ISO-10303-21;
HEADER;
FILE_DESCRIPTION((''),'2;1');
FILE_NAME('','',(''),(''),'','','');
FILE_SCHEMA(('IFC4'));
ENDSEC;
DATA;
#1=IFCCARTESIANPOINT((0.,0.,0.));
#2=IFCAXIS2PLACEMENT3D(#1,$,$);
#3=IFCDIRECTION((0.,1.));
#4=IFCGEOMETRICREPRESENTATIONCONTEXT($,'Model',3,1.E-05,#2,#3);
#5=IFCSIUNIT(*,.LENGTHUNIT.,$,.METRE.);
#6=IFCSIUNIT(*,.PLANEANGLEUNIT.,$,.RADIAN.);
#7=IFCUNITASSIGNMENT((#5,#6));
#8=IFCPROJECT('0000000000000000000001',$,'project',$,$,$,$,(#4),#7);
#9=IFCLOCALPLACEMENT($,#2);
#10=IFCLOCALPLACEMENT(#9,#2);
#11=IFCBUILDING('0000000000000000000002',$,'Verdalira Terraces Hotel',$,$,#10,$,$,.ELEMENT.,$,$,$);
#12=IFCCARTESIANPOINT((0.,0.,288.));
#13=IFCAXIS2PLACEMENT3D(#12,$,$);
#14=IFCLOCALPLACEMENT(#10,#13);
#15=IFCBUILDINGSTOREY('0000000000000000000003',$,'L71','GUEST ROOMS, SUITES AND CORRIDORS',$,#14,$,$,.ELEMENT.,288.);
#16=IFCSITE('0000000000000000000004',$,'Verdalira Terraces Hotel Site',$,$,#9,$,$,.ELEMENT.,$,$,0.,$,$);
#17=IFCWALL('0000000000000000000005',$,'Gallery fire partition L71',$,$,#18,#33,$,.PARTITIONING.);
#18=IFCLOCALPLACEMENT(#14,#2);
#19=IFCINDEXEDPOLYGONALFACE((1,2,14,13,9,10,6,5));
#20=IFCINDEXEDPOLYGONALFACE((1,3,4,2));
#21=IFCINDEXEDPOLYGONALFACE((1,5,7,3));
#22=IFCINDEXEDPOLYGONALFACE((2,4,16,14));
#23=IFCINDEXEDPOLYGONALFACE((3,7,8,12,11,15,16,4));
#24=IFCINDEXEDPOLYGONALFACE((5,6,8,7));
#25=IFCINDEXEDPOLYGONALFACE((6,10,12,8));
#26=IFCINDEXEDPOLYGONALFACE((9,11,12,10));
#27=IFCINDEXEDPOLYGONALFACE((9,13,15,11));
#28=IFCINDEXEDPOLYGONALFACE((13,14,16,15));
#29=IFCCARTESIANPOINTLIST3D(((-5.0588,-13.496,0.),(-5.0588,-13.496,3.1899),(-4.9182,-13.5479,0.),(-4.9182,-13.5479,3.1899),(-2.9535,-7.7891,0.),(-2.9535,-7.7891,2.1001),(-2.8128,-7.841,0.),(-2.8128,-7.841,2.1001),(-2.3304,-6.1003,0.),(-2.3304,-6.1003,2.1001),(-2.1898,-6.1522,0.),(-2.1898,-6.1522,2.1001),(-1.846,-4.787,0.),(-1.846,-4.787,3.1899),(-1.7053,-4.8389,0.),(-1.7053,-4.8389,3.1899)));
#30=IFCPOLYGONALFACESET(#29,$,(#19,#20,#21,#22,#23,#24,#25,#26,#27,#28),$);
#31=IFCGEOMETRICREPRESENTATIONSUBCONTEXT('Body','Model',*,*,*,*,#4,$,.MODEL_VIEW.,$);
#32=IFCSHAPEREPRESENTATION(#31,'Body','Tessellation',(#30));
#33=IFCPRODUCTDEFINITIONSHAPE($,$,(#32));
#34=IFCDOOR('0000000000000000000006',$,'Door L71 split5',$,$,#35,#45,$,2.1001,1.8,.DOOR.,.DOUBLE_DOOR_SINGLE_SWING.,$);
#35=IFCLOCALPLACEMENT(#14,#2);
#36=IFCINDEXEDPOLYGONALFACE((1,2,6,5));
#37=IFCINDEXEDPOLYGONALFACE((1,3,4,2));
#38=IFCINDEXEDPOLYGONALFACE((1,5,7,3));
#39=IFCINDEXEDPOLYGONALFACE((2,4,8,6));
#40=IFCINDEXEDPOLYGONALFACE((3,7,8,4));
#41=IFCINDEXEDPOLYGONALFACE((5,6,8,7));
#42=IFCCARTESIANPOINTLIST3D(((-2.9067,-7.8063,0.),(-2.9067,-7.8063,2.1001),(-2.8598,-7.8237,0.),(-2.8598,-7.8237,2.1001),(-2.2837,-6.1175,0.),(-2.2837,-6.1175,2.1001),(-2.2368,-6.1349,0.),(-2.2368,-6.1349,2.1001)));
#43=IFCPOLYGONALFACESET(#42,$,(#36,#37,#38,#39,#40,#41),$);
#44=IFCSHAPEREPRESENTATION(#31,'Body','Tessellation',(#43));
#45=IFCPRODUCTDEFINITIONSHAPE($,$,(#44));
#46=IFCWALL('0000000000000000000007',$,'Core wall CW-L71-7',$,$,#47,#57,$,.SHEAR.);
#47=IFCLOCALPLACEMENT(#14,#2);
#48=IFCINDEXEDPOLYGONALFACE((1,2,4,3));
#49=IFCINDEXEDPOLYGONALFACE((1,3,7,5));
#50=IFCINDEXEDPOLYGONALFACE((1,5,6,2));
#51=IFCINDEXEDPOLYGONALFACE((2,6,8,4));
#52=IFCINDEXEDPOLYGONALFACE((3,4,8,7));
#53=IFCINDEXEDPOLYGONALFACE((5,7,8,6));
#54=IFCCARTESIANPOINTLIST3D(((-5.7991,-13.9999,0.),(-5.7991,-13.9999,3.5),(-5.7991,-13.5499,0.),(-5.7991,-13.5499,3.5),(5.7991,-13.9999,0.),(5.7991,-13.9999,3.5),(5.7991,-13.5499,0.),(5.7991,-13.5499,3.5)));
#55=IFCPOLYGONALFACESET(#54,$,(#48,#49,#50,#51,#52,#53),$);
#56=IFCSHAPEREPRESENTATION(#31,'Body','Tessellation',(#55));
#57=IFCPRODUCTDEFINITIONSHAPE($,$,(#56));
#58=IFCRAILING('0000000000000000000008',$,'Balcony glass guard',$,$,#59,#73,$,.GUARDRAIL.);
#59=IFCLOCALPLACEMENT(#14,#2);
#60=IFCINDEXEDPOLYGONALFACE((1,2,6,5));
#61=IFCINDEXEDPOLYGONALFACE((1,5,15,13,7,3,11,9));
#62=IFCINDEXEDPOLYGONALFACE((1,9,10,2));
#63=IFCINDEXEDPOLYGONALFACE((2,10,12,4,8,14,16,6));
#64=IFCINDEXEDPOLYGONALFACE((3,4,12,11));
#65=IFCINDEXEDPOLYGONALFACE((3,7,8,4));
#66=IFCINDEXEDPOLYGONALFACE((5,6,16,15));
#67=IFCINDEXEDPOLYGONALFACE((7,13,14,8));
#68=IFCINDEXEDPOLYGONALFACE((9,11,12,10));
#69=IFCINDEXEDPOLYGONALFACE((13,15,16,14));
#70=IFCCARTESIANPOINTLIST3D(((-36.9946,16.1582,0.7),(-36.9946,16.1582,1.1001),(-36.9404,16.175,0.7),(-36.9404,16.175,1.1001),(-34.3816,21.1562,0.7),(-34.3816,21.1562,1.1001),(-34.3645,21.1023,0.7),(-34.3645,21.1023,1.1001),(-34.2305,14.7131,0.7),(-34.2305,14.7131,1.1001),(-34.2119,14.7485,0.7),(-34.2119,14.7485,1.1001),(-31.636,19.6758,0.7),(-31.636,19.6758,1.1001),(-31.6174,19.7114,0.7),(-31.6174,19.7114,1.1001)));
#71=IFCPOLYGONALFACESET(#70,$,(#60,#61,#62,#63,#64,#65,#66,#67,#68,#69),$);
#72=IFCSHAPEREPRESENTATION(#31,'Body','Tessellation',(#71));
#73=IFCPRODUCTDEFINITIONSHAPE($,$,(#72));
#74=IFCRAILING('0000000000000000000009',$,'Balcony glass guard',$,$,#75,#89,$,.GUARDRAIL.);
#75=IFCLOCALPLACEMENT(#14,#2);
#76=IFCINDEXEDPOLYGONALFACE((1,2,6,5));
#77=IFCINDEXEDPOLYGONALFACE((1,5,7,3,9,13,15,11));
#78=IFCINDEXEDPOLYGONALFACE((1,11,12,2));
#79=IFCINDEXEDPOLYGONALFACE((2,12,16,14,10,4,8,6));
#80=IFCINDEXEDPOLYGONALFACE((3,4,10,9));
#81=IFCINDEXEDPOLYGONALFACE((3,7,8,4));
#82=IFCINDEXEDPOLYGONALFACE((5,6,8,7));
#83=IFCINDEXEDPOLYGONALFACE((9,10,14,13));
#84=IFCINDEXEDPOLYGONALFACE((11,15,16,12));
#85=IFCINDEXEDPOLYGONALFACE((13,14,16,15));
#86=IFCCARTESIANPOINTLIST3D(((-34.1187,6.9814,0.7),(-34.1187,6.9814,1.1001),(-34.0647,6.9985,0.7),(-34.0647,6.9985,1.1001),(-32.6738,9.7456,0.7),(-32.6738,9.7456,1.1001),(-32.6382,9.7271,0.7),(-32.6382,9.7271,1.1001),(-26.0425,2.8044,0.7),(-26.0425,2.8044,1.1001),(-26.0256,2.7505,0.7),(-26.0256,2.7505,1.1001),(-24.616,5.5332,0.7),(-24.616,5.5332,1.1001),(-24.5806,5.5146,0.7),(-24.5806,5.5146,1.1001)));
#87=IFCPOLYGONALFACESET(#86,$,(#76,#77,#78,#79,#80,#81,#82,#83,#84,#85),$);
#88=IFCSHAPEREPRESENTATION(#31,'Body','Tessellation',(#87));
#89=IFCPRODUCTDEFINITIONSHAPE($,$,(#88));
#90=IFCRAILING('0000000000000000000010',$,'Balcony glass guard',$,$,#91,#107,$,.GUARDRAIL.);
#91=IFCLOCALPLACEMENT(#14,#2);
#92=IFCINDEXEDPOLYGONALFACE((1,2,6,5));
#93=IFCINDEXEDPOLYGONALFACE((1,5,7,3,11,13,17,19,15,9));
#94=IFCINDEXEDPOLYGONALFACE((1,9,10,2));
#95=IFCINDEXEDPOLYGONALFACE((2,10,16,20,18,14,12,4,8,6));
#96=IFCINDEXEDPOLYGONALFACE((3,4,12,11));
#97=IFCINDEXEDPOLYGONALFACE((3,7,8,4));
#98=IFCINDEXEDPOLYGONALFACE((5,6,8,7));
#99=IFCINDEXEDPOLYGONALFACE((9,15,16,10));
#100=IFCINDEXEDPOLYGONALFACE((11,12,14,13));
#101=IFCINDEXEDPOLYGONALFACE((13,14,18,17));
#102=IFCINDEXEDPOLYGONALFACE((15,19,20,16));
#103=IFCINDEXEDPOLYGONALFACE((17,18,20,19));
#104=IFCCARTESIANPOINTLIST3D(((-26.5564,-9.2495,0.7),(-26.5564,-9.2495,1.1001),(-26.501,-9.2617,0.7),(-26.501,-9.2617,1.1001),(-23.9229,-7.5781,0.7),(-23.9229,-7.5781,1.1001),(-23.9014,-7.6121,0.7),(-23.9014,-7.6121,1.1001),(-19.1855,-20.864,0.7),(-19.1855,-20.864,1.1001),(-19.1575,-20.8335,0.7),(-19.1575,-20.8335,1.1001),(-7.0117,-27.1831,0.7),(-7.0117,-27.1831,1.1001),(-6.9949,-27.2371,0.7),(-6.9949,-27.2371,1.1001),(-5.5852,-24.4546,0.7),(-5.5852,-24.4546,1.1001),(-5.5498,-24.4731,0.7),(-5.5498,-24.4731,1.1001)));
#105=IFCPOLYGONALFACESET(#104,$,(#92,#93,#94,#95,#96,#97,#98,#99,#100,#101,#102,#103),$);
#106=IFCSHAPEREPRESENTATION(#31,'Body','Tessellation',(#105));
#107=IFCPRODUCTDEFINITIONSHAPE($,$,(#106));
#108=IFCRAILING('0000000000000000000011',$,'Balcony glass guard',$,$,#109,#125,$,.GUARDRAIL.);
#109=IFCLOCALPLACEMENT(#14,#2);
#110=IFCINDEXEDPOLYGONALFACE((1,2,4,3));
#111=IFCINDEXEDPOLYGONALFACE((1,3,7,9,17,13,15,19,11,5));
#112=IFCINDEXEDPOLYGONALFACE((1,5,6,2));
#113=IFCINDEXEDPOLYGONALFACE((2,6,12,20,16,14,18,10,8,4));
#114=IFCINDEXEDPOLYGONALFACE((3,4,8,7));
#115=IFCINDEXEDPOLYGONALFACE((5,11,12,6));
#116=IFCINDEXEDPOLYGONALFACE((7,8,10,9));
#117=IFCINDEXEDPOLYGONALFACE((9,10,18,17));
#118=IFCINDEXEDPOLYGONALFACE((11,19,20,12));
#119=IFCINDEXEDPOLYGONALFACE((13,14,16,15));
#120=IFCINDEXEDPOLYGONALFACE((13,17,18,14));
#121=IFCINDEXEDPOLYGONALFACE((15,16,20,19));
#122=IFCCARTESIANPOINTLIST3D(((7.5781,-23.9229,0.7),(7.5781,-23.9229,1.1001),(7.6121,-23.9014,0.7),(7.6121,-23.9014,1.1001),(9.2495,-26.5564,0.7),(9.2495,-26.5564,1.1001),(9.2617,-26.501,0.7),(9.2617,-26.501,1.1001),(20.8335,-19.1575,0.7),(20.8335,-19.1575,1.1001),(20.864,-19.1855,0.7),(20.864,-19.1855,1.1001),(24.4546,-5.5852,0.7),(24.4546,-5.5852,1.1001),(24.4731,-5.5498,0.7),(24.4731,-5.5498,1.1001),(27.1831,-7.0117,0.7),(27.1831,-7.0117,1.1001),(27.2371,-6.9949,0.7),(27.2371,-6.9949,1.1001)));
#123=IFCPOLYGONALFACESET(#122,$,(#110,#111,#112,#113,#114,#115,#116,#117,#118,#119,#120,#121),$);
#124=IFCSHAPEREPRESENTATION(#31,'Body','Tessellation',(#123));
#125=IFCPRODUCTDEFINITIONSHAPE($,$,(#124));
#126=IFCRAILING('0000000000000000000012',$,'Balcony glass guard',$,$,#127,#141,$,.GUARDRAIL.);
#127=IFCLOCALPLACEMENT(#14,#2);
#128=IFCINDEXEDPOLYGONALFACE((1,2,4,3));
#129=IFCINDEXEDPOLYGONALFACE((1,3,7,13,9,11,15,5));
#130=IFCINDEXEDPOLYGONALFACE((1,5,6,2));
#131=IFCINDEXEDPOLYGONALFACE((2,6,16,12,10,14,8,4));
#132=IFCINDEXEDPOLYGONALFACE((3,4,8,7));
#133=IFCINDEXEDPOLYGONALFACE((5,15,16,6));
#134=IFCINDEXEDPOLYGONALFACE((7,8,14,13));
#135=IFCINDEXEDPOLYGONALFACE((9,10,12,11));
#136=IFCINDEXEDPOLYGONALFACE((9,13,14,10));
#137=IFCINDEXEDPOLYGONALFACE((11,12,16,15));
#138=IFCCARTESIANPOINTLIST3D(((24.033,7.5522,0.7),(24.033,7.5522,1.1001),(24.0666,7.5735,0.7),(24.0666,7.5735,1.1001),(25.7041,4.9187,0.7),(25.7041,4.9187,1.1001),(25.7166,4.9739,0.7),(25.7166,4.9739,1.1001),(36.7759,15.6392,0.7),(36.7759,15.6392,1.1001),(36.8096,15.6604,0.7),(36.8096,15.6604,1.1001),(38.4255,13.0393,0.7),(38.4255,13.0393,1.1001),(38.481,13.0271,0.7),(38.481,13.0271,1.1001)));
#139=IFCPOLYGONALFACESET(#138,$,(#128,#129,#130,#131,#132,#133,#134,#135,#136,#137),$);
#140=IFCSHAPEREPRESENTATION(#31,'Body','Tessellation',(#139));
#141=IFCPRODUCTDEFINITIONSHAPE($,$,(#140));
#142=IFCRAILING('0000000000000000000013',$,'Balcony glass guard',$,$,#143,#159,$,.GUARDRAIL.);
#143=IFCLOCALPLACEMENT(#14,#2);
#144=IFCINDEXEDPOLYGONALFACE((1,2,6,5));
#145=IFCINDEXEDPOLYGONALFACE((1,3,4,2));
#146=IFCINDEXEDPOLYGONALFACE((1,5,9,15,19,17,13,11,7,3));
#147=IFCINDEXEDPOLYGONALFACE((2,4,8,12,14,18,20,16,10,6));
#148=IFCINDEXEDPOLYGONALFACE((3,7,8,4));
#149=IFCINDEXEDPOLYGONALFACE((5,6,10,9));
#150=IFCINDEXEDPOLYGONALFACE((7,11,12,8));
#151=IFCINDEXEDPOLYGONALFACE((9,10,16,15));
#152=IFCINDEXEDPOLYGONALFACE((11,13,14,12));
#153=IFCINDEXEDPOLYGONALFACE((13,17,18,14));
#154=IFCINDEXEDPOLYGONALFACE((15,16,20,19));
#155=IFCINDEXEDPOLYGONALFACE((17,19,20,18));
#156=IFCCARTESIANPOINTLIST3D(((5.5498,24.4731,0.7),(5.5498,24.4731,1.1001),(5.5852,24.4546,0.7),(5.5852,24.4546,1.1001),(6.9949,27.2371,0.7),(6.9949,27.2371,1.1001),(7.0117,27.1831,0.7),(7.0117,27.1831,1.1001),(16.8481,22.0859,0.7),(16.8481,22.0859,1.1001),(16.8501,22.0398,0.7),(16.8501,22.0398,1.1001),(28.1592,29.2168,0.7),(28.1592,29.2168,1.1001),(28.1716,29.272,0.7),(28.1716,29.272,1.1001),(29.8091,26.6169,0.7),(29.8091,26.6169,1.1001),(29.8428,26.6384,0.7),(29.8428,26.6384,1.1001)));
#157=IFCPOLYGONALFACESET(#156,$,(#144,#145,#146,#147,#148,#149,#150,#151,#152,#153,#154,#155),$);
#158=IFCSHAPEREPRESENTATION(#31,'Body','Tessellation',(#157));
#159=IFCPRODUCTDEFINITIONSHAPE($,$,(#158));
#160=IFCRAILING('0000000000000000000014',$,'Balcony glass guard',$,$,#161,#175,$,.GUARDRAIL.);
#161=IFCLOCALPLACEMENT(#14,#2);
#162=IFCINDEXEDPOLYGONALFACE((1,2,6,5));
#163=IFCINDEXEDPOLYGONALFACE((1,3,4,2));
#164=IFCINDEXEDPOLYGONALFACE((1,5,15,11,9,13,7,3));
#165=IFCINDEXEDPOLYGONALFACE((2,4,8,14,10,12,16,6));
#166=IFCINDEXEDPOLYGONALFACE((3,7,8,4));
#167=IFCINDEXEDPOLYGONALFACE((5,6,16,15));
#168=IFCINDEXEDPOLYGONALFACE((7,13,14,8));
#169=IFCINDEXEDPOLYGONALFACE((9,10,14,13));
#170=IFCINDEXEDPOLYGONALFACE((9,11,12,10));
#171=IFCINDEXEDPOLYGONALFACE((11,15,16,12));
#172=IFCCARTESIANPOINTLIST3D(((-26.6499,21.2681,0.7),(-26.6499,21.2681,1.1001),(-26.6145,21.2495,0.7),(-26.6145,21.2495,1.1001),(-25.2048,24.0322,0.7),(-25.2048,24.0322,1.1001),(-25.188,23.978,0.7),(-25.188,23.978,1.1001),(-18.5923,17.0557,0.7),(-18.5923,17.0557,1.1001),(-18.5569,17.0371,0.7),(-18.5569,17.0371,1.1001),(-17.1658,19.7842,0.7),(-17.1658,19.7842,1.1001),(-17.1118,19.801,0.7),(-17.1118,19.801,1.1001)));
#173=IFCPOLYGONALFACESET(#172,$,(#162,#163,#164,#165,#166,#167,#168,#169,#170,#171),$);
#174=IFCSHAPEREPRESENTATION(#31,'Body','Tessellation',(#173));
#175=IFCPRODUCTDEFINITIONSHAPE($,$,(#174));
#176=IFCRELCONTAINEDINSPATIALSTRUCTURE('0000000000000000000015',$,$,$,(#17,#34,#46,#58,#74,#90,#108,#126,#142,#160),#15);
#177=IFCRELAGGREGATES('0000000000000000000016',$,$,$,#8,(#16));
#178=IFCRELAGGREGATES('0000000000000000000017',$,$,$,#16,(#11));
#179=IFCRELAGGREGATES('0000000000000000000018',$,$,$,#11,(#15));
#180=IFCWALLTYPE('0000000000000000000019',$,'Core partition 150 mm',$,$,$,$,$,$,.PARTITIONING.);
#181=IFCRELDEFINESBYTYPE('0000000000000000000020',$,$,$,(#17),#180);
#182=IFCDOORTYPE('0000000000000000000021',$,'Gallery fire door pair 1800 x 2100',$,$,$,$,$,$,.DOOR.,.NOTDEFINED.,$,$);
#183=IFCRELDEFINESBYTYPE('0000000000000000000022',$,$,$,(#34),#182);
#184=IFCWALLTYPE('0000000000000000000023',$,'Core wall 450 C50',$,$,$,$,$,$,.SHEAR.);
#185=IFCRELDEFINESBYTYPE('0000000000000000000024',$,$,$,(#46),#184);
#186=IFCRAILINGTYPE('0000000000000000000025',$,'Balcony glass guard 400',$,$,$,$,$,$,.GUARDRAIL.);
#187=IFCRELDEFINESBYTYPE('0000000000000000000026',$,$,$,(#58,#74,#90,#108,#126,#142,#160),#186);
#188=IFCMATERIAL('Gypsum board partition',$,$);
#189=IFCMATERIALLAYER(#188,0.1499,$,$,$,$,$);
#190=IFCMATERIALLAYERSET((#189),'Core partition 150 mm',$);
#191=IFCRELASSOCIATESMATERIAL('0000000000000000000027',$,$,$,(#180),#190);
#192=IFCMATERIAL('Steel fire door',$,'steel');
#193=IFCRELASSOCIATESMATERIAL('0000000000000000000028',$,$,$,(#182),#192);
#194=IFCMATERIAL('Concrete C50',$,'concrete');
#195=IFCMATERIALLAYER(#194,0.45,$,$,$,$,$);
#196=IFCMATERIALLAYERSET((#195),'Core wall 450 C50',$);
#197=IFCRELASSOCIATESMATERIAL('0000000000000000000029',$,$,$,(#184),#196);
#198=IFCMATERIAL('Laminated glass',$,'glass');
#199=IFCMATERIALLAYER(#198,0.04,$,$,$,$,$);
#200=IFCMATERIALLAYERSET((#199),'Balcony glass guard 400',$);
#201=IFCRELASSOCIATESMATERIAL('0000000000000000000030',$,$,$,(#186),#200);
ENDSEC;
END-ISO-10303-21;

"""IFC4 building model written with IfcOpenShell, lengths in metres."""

from ifc_helpers import new_model, si_unit, direction, frame, frame_2d, origin, place, context, subcontext, project, spatial, polyline, rectangle, outline, extrude, material, layer, layer_set, type_object, element, fill, save


model = new_model("IFC4")

# Units and contexts
model_context = context("Model", 3, precision=1e-05, world=origin(), true_north=direction((0.0, 1.0)))
body_context = subcontext(model_context, "Body", "Model", "MODEL_VIEW")
ifc_project = project(units=[si_unit("LENGTHUNIT", "METRE"), si_unit("PLANEANGLEUNIT", "RADIAN")], contexts=[model_context])

# Site, building, storey
site_placement = place(None, origin())
site = spatial("IfcSite", under=ifc_project, at=site_placement, Name="Verdalira Terraces Hotel Site", CompositionType="ELEMENT", RefElevation=0.0)
building_placement = place(site_placement, origin())
building = spatial("IfcBuilding", under=site, at=building_placement, Name="Verdalira Terraces Hotel", CompositionType="ELEMENT")
storey_placement = place(building_placement, frame((0.0, 0.0, 288.0)))
storey = spatial("IfcBuildingStorey", under=building, at=storey_placement, Name="L71", Description="GUEST ROOMS, SUITES AND CORRIDORS", CompositionType="ELEMENT", Elevation=288.0)

# Wall, opening, door
ifc_material_1 = material(Name="Gypsum board partition")
ifc_layer_1 = layer(ifc_material_1, 0.1499)
ifc_layer_set_1 = layer_set([ifc_layer_1], Name="Core partition 150 mm")
wall_type_1 = type_object("IfcWallType", Name="Core partition 150 mm", PredefinedType="PARTITIONING", material=ifc_layer_set_1)
wall_1_placement = place(storey_placement, frame((-1.7756, -4.813, 0.0), z_axis=(0.0, 0.0, 1.0), x_axis=(-0.346115, -0.938192, 0.0)))
wall_1 = element("IfcWall", 1, at=wall_1_placement, inside=storey, type_object=wall_type_1, Name="Gallery fire partition L71", PredefinedType="PARTITIONING", context=body_context, shape_type="SweptSolid", body=[
    extrude(rectangle(XDim=9.2827, YDim=0.1499, at=frame_2d((4.6414, 0.0))), origin(), (0.0, 0.0, 1.0), 3.1899),
])
opening_1_placement = place(wall_1_placement, frame((1.3999, 0.0, 0.0)))
opening_1 = element("IfcOpeningElement", 2, at=opening_1_placement, cuts=wall_1, PredefinedType="OPENING", context=body_context, shape_type="SweptSolid", body=[
    extrude(rectangle(XDim=1.8, YDim=2.1001, at=frame_2d((0.8999, 1.05))), frame((0.0, 0.085, 0.0), z_axis=(0.0, -1.0, 0.0), x_axis=(1.0, 0.0, 0.0)), (0.0, 0.0, 1.0), 0.1699),
])
ifc_material_2 = material(Name="Steel fire door", Category="steel")
door_type_1 = type_object("IfcDoorType", Name="Gallery fire door pair 1800 x 2100", OperationType="NOTDEFINED", PredefinedType="DOOR", material=ifc_material_2)
door_1_placement = place(opening_1_placement, origin())
door_1 = element("IfcDoor", 3, at=door_1_placement, inside=storey, type_object=door_type_1, Name="Door L71 split5", OperationType="DOUBLE_DOOR_SINGLE_SWING", OverallHeight=2.1001, OverallWidth=1.8, PredefinedType="DOOR", context=body_context, shape_type="SweptSolid", body=[
    extrude(rectangle(XDim=1.8, YDim=2.1001, at=frame_2d((0.8999, 1.05))), frame((0.0, 0.0249, 0.0), z_axis=(0.0, -1.0, 0.0), x_axis=(1.0, 0.0, 0.0)), (0.0, 0.0, 1.0), 0.05),
])
fill(opening_1, door_1)

# Wall
ifc_material_3 = material(Name="Concrete C50", Category="concrete")
ifc_layer_2 = layer(ifc_material_3, 0.45)
ifc_layer_set_2 = layer_set([ifc_layer_2], Name="Core wall 450 C50")
wall_type_2 = type_object("IfcWallType", Name="Core wall 450 C50", PredefinedType="SHEAR", material=ifc_layer_set_2)
wall_2_placement = place(storey_placement, frame((-5.7991, -13.7749, 0.0), z_axis=(0.0, 0.0, 1.0), x_axis=(1.0, 0.0, 0.0)))
element("IfcWall", 4, at=wall_2_placement, inside=storey, type_object=wall_type_2, Name="Core wall CW-L71-7", PredefinedType="SHEAR", context=body_context, shape_type="SweptSolid", body=[
    extrude(rectangle(XDim=11.5981, YDim=0.45, at=frame_2d((5.7991, 0.0))), origin(), (0.0, 0.0, 1.0), 3.5),
])

# Railings
ifc_material_4 = material(Name="Laminated glass", Category="glass")
ifc_layer_3 = layer(ifc_material_4, 0.04)
ifc_layer_set_3 = layer_set([ifc_layer_3], Name="Balcony glass guard 400")
railing_type_1 = type_object("IfcRailingType", Name="Balcony glass guard 400", PredefinedType="GUARDRAIL", material=ifc_layer_set_3)
railing_1_placement = place(storey_placement, frame((0.0, 0.0, 0.7)))
element("IfcRailing", 5, at=railing_1_placement, inside=storey, type_object=railing_type_1, Name="Balcony glass guard", PredefinedType="GUARDRAIL", context=body_context, shape_type="SweptSolid", body=[
    extrude(outline(polyline([(-34.3645, 21.1023), (-36.9404, 16.175), (-34.2119, 14.7485), (-34.2305, 14.7131), (-36.9946, 16.1582), (-34.3816, 21.1562), (-31.6174, 19.7114), (-31.636, 19.6758), (-34.3645, 21.1023)])), origin(), (0.0, 0.0, 1.0), 0.4001),
])
railing_2_placement = place(storey_placement, frame((0.0, 0.0, 0.7)))
element("IfcRailing", 6, at=railing_2_placement, inside=storey, type_object=railing_type_1, Name="Balcony glass guard", PredefinedType="GUARDRAIL", context=body_context, shape_type="SweptSolid", body=[
    extrude(outline(polyline([(-34.0647, 6.9985), (-26.0425, 2.8044), (-24.616, 5.5332), (-24.5806, 5.5146), (-26.0256, 2.7505), (-34.1187, 6.9814), (-32.6738, 9.7456), (-32.6382, 9.7271), (-34.0647, 6.9985)])), origin(), (0.0, 0.0, 1.0), 0.4001),
])
railing_3_placement = place(storey_placement, frame((0.0, 0.0, 0.7)))
element("IfcRailing", 7, at=railing_3_placement, inside=storey, type_object=railing_type_1, Name="Balcony glass guard", PredefinedType="GUARDRAIL", context=body_context, shape_type="SweptSolid", body=[
    extrude(outline(polyline([(-26.501, -9.2617), (-19.1575, -20.8335), (-7.0117, -27.1831), (-5.5852, -24.4546), (-5.5498, -24.4731), (-6.9949, -27.2371), (-19.1855, -20.864), (-26.5564, -9.2495), (-23.9229, -7.5781), (-23.9014, -7.6121), (-26.501, -9.2617)])), origin(), (0.0, 0.0, 1.0), 0.4001),
])
railing_4_placement = place(storey_placement, frame((0.0, 0.0, 0.7)))
element("IfcRailing", 8, at=railing_4_placement, inside=storey, type_object=railing_type_1, Name="Balcony glass guard", PredefinedType="GUARDRAIL", context=body_context, shape_type="SweptSolid", body=[
    extrude(outline(polyline([(9.2617, -26.501), (20.8335, -19.1575), (27.1831, -7.0117), (24.4546, -5.5852), (24.4731, -5.5498), (27.2371, -6.9949), (20.864, -19.1855), (9.2495, -26.5564), (7.5781, -23.9229), (7.6121, -23.9014), (9.2617, -26.501)])), origin(), (0.0, 0.0, 1.0), 0.4001),
])
railing_5_placement = place(storey_placement, frame((0.0, 0.0, 0.7)))
element("IfcRailing", 9, at=railing_5_placement, inside=storey, type_object=railing_type_1, Name="Balcony glass guard", PredefinedType="GUARDRAIL", context=body_context, shape_type="SweptSolid", body=[
    extrude(outline(polyline([(25.7166, 4.9739), (38.4255, 13.0393), (36.7759, 15.6392), (36.8096, 15.6604), (38.481, 13.0271), (25.7041, 4.9187), (24.033, 7.5522), (24.0666, 7.5735), (25.7166, 4.9739)])), origin(), (0.0, 0.0, 1.0), 0.4001),
])
railing_6_placement = place(storey_placement, frame((0.0, 0.0, 0.7)))
element("IfcRailing", 10, at=railing_6_placement, inside=storey, type_object=railing_type_1, Name="Balcony glass guard", PredefinedType="GUARDRAIL", context=body_context, shape_type="SweptSolid", body=[
    extrude(outline(polyline([(28.1592, 29.2168), (16.8501, 22.0398), (7.0117, 27.1831), (5.5852, 24.4546), (5.5498, 24.4731), (6.9949, 27.2371), (16.8481, 22.0859), (28.1716, 29.272), (29.8428, 26.6384), (29.8091, 26.6169), (28.1592, 29.2168)])), origin(), (0.0, 0.0, 1.0), 0.4001),
])
railing_7_placement = place(storey_placement, frame((0.0, 0.0, 0.7)))
element("IfcRailing", 11, at=railing_7_placement, inside=storey, type_object=railing_type_1, Name="Balcony glass guard", PredefinedType="GUARDRAIL", context=body_context, shape_type="SweptSolid", body=[
    extrude(outline(polyline([(-17.1658, 19.7842), (-25.188, 23.978), (-26.6145, 21.2495), (-26.6499, 21.2681), (-25.2048, 24.0322), (-17.1118, 19.801), (-18.5569, 17.0371), (-18.5923, 17.0557), (-17.1658, 19.7842)])), origin(), (0.0, 0.0, 1.0), 0.4001),
])

save(model, "model.ifc")
